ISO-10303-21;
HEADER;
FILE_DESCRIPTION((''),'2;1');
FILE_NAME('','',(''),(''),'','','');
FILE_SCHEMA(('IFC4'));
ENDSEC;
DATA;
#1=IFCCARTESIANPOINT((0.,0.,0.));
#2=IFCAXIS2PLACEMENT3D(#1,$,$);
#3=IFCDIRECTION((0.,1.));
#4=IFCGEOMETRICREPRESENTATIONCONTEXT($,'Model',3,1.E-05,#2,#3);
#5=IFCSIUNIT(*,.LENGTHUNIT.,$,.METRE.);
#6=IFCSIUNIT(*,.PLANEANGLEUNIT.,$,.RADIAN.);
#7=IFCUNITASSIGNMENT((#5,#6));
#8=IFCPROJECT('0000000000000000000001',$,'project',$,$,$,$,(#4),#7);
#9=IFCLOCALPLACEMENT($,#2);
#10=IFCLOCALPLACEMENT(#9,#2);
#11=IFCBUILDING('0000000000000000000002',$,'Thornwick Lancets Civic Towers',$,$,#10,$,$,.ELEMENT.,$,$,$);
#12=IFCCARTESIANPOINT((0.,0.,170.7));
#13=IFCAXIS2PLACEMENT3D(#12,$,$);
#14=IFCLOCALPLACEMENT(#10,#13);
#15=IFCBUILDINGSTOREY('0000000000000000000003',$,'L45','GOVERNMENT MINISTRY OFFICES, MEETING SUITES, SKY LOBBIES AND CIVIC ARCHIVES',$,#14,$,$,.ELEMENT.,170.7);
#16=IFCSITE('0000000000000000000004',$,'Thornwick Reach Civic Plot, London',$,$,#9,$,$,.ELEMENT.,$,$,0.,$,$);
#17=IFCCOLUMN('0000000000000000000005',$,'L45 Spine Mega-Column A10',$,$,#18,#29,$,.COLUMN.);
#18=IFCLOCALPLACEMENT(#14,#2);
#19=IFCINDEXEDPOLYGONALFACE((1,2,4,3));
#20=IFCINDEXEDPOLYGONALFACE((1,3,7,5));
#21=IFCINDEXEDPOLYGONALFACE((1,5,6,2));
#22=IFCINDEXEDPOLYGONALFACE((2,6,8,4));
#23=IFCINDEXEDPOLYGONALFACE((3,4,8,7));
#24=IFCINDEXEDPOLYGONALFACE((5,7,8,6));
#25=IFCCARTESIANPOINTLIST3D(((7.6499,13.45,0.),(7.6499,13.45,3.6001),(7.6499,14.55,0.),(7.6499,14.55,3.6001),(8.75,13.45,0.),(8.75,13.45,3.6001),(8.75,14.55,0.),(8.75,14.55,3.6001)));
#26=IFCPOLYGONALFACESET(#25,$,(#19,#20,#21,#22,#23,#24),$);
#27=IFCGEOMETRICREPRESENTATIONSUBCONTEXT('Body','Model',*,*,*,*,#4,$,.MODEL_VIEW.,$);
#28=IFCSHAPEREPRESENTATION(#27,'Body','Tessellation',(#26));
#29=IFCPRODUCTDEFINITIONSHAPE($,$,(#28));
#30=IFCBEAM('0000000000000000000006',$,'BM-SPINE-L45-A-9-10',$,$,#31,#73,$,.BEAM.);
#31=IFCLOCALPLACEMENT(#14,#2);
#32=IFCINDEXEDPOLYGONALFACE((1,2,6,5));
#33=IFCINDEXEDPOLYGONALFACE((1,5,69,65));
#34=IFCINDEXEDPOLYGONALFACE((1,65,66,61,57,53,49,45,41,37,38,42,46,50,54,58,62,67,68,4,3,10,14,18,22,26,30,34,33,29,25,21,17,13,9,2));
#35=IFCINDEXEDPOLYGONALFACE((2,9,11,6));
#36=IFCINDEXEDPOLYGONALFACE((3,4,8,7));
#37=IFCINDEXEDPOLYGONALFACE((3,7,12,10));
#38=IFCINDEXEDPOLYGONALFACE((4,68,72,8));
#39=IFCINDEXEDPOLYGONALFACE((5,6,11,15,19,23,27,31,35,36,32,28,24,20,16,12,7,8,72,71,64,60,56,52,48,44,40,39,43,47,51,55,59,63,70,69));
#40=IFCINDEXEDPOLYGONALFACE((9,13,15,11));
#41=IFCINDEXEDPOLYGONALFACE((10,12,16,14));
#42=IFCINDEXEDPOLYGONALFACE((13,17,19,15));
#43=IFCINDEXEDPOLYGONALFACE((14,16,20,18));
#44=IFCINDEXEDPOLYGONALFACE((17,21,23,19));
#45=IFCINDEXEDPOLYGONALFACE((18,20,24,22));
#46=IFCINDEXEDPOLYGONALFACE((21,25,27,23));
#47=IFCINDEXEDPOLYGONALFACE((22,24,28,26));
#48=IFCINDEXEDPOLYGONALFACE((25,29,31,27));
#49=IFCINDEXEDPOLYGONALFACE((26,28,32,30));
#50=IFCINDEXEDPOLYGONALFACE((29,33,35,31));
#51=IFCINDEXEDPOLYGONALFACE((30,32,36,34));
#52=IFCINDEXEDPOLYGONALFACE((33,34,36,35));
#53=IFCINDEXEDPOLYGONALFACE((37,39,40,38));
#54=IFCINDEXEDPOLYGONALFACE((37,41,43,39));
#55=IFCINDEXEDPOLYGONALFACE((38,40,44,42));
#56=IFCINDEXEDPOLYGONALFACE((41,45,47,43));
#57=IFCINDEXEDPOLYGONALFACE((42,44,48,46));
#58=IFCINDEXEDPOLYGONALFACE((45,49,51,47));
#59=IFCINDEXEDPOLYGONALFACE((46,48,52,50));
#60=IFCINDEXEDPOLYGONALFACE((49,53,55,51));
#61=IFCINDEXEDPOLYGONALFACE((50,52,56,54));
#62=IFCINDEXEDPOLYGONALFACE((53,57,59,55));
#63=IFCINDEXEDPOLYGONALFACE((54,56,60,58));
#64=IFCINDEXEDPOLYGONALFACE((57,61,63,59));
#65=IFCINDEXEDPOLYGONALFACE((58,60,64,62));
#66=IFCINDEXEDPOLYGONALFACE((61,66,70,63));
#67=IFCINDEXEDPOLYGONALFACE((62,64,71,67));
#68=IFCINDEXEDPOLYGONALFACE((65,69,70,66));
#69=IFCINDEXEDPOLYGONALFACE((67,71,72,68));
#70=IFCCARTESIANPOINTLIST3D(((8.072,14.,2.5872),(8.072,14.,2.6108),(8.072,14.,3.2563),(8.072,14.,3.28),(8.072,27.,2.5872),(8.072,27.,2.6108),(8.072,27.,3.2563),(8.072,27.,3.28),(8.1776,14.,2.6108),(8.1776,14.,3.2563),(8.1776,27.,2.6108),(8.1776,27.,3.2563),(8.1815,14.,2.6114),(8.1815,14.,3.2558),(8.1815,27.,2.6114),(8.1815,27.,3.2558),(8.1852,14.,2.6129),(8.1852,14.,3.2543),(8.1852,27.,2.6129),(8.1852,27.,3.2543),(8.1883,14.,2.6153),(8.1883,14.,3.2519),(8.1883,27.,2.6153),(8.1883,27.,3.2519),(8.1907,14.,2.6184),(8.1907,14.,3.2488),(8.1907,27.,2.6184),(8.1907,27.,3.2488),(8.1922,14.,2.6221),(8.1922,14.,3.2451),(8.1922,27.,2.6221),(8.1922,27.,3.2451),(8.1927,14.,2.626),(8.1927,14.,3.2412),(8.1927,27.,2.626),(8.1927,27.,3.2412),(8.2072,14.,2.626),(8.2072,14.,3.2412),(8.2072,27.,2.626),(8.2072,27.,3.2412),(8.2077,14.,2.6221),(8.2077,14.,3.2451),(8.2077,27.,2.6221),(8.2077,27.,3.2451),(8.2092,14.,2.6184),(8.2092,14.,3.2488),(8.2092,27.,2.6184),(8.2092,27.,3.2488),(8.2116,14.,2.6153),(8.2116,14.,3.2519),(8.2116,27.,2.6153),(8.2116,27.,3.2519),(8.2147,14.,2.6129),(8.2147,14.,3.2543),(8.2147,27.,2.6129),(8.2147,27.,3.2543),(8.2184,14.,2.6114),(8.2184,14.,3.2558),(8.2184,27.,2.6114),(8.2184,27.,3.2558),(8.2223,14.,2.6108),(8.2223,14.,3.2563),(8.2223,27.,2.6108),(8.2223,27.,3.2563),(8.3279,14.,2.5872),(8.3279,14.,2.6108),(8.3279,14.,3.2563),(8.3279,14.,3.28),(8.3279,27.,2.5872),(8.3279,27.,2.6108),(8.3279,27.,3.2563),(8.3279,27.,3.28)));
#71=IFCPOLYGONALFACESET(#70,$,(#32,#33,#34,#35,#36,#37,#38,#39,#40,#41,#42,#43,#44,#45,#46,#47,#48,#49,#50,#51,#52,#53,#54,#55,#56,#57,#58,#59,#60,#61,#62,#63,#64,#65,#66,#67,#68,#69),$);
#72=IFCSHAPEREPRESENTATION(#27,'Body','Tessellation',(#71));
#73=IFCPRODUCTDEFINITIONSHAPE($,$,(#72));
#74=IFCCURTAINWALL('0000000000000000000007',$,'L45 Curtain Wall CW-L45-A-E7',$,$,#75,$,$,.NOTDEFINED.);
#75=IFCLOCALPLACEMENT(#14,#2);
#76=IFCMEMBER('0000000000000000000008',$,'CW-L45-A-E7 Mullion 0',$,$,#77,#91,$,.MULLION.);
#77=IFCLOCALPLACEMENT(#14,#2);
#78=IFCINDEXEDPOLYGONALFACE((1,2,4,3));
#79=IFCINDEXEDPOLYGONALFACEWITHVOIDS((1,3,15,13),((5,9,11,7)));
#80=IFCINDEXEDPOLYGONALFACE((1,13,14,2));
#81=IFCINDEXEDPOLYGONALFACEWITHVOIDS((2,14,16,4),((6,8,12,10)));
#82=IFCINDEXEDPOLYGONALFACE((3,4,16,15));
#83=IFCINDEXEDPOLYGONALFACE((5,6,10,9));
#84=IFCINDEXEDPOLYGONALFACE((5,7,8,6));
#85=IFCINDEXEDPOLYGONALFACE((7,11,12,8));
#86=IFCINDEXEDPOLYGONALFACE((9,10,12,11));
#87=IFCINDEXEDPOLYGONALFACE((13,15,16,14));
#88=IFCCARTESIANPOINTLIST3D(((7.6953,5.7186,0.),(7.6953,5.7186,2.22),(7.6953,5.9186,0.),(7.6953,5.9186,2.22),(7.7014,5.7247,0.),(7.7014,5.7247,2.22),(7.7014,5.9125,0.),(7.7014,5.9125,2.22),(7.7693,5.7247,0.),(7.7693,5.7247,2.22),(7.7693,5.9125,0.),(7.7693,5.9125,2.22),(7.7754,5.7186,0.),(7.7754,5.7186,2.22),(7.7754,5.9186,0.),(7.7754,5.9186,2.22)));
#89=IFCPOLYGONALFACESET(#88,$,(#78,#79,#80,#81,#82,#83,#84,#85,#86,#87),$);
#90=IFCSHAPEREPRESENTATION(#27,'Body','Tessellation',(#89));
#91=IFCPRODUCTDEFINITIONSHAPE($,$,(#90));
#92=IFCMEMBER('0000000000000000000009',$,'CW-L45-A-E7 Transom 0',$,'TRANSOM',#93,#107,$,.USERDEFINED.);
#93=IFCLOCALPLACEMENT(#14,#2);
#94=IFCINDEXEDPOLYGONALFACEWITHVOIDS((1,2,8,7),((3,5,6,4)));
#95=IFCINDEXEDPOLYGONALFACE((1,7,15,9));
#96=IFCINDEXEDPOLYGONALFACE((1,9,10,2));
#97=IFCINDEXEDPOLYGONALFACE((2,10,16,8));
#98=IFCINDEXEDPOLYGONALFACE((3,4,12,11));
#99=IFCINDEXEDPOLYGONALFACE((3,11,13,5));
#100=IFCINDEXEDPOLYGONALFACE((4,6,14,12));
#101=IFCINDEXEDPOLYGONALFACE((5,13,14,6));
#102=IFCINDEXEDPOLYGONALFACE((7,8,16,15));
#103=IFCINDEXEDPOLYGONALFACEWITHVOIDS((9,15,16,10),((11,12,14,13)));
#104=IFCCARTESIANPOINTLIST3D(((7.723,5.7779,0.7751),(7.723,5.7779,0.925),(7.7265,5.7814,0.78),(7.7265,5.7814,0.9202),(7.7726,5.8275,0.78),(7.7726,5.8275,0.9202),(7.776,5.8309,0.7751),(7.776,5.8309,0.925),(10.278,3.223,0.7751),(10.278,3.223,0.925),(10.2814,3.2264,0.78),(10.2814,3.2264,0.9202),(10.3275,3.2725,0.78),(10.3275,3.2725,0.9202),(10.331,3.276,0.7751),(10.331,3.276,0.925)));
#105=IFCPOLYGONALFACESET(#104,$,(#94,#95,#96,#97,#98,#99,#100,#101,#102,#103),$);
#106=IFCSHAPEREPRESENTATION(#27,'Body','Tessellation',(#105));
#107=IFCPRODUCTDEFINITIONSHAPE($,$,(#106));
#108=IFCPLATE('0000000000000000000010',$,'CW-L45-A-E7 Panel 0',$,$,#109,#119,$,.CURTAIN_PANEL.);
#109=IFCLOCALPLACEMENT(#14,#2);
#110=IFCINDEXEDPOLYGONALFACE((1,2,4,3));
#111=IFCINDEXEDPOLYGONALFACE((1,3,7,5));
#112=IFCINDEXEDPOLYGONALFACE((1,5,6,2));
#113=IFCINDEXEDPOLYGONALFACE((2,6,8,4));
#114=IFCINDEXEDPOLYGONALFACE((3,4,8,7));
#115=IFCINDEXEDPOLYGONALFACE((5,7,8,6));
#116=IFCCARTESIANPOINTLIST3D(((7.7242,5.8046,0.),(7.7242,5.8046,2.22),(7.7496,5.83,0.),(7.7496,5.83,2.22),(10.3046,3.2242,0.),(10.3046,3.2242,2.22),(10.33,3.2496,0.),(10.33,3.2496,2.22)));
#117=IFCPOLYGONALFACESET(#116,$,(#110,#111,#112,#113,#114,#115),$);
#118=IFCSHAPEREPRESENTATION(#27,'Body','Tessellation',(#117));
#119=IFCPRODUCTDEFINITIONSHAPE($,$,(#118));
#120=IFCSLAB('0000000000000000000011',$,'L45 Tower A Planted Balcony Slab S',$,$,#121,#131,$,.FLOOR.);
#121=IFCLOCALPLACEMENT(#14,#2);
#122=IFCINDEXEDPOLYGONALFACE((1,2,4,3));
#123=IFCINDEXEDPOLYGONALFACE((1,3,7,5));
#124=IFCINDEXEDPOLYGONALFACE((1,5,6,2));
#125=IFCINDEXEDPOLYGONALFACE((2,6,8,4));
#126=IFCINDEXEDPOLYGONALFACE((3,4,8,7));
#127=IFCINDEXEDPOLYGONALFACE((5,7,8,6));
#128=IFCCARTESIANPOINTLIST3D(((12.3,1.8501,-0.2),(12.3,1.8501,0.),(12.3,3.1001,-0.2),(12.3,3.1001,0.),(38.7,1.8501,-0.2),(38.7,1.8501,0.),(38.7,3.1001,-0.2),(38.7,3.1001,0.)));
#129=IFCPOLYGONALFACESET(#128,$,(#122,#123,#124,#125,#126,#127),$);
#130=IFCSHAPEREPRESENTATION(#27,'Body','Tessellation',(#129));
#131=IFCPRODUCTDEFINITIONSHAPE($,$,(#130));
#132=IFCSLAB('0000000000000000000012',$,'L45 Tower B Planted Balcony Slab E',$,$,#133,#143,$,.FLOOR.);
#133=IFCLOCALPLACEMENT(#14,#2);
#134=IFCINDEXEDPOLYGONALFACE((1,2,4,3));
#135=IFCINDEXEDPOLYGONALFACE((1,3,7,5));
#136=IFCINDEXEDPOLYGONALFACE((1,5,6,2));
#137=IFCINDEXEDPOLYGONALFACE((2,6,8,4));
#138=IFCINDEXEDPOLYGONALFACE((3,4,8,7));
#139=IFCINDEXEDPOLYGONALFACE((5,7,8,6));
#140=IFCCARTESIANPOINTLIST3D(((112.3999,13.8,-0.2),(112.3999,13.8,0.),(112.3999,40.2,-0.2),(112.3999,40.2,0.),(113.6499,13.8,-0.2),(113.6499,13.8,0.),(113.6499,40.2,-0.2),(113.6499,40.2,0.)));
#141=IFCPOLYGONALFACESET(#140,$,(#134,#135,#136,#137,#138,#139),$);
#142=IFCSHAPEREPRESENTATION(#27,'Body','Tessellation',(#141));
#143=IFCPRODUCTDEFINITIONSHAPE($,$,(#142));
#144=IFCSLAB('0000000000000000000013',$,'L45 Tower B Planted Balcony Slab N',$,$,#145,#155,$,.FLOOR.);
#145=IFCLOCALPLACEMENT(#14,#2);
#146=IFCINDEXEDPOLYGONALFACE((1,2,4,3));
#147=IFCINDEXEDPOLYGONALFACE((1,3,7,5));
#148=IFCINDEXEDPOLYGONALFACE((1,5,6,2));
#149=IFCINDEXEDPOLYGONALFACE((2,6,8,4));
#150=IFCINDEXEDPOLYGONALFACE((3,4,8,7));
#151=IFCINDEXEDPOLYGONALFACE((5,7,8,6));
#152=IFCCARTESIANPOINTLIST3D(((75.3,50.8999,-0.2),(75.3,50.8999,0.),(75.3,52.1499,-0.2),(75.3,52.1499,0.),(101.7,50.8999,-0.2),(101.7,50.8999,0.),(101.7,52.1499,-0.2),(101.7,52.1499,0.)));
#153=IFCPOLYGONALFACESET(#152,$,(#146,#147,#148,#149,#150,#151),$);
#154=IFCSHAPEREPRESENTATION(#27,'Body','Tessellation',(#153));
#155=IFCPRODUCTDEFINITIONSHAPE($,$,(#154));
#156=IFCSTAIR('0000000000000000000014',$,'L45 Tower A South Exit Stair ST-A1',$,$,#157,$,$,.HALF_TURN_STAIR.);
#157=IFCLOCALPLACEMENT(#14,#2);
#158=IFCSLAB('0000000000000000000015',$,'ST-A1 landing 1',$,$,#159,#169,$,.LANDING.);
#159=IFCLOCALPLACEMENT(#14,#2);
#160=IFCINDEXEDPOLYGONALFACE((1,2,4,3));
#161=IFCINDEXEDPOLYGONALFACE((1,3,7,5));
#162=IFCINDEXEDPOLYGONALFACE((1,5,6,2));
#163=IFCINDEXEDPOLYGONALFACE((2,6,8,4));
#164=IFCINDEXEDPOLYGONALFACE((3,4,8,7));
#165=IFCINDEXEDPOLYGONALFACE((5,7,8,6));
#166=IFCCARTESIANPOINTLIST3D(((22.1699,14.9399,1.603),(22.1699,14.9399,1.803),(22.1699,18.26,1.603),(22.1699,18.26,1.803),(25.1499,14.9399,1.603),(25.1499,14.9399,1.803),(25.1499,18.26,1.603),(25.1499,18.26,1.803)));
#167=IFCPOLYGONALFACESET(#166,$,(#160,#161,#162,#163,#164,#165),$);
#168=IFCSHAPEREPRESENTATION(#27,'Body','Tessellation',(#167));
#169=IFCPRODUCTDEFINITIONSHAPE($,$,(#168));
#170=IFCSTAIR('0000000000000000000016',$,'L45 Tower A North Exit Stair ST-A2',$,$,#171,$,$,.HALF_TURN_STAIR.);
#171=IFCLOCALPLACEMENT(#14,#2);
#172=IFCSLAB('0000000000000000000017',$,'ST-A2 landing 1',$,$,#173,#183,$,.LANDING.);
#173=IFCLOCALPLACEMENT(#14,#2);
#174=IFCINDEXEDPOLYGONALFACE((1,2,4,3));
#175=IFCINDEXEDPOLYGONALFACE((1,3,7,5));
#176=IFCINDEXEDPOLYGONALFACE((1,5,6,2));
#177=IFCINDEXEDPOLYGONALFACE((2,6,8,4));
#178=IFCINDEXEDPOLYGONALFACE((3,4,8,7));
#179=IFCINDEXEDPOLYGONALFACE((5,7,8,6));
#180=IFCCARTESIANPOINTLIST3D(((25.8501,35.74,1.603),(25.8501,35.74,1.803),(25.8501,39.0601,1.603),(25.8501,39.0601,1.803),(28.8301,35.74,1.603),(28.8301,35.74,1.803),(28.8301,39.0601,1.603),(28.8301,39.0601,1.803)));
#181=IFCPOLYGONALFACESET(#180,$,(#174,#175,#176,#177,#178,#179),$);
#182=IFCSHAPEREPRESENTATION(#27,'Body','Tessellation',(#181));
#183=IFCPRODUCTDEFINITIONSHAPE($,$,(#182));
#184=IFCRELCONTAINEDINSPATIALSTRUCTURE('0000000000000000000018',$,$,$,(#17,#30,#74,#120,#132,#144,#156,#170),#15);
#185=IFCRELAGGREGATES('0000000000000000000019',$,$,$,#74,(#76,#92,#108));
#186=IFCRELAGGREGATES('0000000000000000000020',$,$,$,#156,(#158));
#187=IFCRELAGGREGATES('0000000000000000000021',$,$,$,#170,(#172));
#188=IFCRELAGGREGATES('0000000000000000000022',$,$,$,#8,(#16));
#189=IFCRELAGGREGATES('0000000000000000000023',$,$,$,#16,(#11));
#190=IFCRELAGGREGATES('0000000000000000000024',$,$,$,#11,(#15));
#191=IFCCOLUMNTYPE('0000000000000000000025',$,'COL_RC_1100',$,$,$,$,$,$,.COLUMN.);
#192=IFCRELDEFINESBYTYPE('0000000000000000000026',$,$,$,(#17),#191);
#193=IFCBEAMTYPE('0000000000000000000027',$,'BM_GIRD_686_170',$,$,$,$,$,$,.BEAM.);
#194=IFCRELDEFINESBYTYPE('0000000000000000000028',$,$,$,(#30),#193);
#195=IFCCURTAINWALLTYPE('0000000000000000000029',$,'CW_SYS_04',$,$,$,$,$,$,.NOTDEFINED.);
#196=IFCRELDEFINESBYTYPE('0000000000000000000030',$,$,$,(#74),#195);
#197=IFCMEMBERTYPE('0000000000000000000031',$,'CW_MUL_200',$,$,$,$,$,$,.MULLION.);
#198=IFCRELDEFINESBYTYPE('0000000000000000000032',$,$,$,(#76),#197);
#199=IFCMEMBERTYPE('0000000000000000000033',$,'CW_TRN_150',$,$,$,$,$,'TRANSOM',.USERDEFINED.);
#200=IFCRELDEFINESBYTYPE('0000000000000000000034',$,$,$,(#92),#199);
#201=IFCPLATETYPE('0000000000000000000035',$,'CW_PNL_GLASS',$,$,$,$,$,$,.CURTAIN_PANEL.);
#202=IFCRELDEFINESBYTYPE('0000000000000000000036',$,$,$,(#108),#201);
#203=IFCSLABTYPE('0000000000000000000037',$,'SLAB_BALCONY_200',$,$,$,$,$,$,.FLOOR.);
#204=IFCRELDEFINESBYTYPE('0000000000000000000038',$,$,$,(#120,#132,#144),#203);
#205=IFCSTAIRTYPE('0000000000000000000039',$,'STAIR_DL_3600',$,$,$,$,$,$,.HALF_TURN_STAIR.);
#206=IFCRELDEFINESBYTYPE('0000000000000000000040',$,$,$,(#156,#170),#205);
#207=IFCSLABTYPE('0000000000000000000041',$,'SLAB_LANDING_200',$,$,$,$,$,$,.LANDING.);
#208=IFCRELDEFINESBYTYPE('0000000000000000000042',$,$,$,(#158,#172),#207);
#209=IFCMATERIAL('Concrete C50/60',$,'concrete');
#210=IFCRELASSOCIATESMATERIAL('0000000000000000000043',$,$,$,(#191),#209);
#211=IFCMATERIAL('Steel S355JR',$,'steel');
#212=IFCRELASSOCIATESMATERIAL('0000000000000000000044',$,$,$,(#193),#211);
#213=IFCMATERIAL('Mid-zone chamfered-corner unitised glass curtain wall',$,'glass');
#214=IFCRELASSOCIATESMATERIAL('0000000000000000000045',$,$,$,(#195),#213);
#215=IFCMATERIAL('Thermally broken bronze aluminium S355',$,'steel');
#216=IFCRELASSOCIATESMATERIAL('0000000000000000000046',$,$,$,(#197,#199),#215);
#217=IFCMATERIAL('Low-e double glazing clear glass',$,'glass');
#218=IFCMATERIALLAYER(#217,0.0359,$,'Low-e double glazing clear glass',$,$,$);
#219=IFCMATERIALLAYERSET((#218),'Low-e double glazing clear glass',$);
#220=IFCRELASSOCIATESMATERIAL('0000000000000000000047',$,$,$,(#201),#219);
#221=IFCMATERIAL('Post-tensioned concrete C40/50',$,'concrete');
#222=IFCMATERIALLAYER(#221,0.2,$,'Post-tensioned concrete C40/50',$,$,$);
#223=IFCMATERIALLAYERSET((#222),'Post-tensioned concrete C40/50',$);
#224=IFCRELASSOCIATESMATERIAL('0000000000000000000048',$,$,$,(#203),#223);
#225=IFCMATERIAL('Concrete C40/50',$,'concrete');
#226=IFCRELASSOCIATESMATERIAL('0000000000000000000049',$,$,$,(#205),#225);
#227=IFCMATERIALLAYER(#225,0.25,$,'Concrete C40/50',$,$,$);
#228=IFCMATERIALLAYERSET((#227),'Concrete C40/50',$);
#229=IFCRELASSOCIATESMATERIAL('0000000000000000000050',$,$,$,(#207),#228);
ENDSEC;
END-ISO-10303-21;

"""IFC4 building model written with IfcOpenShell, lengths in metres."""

from ifc_helpers import new_model, si_unit, direction, frame, origin, origin_2d, place, context, subcontext, project, spatial, polyline, rectangle, hollow_rectangle, i_section, outline, extrude, material, layer, layer_set, material_profile, profile_set, type_object, element, aggregate, save


model = new_model("IFC4")

# Units and contexts
model_context = context("Model", 3, precision=1e-05, world=origin(), true_north=direction((0.0, 1.0)))
body_context = subcontext(model_context, "Body", "Model", "MODEL_VIEW")
ifc_project = project(units=[si_unit("LENGTHUNIT", "METRE"), si_unit("PLANEANGLEUNIT", "RADIAN")], contexts=[model_context])

# Site, building, storey
site_placement = place(None, origin())
site = spatial("IfcSite", under=ifc_project, at=site_placement, Name="Thornwick Reach Civic Plot, London", CompositionType="ELEMENT", RefElevation=0.0)
building_placement = place(site_placement, origin())
building = spatial("IfcBuilding", under=site, at=building_placement, Name="Thornwick Lancets Civic Towers", CompositionType="ELEMENT")
storey_placement = place(building_placement, frame((0.0, 0.0, 170.7)))
storey = spatial("IfcBuildingStorey", under=building, at=storey_placement, Name="L45", Description="GOVERNMENT MINISTRY OFFICES, MEETING SUITES, SKY LOBBIES AND CIVIC ARCHIVES", CompositionType="ELEMENT", Elevation=170.7)

# Column
ifc_material_1 = material(Name="Concrete C50/60", Category="concrete")
ifc_material_profile_1 = material_profile(ifc_material_1, rectangle(XDim=1.1001, YDim=1.1001, at=origin_2d()), Name="RC 1100x1100")
ifc_profile_set_1 = profile_set([ifc_material_profile_1], Name="Concrete C50/60")
column_type = type_object("IfcColumnType", Name="COL_RC_1100", PredefinedType="COLUMN", material=ifc_profile_set_1)
column_placement = place(storey_placement, frame((8.2, 14.0, 0.0), z_axis=(0.0, 0.0, 1.0), x_axis=(1.0, 0.0, 0.0)))
element("IfcColumn", 1, at=column_placement, inside=storey, type_object=column_type, Name="L45 Spine Mega-Column A10", PredefinedType="COLUMN", context=body_context, shape_type="SweptSolid", body=[
    extrude(rectangle(XDim=1.1001, YDim=1.1001, at=origin_2d()), origin(), (0.0, 0.0, 1.0), 3.6001),
])

# Beam
ifc_material_2 = material(Name="Steel S355JR", Category="steel")
ifc_material_profile_2 = material_profile(ifc_material_2, i_section(OverallWidth=0.2559, OverallDepth=0.6929, WebThickness=0.0144, FlangeThickness=0.0237, FilletRadius=0.0151, at=origin_2d()), Name="UKB 686x254x170")
ifc_profile_set_2 = profile_set([ifc_material_profile_2], Name="Steel S355JR")
beam_type = type_object("IfcBeamType", Name="BM_GIRD_686_170", PredefinedType="BEAM", material=ifc_profile_set_2)
beam_placement = place(storey_placement, frame((8.2, 14.0, 2.9336), z_axis=(0.0, 1.0, 0.0), x_axis=(-1.0, 0.0, 0.0)))
element("IfcBeam", 2, at=beam_placement, inside=storey, type_object=beam_type, Name="BM-SPINE-L45-A-9-10", PredefinedType="BEAM", context=body_context, shape_type="SweptSolid", body=[
    extrude(i_section(OverallWidth=0.2559, OverallDepth=0.6929, WebThickness=0.0144, FlangeThickness=0.0237, FilletRadius=0.0151, at=origin_2d()), origin(), (0.0, 0.0, 1.0), 13.0),
])

# Curtain wall, members, plate
ifc_material_3 = material(Name="Mid-zone chamfered-corner unitised glass curtain wall", Category="glass")
curtain_wall_type = type_object("IfcCurtainWallType", Name="CW_SYS_04", PredefinedType="NOTDEFINED", material=ifc_material_3)
curtain_wall_placement = place(storey_placement, origin())
curtain_wall = element("IfcCurtainWall", 3, at=curtain_wall_placement, inside=storey, type_object=curtain_wall_type, Name="L45 Curtain Wall CW-L45-A-E7", PredefinedType="NOTDEFINED")
ifc_material_4 = material(Name="Thermally broken bronze aluminium S355", Category="steel")
ifc_material_profile_3 = material_profile(ifc_material_4, hollow_rectangle(XDim=0.0801, YDim=0.2, WallThickness=0.0061, at=origin_2d()), Name="RHS 200x80x6")
ifc_profile_set_3 = profile_set([ifc_material_profile_3], Name="Thermally broken bronze aluminium S355")
member_type_1 = type_object("IfcMemberType", Name="CW_MUL_200", PredefinedType="MULLION", material=ifc_profile_set_3)
member_1_placement = place(storey_placement, frame((7.7354, 5.8186, 0.0), z_axis=(0.0, 0.0, 1.0), x_axis=(1.0, 0.0, 0.0)))
member_1 = element("IfcMember", 4, at=member_1_placement, type_object=member_type_1, Name="CW-L45-A-E7 Mullion 0", PredefinedType="MULLION", context=body_context, shape_type="SweptSolid", body=[
    extrude(hollow_rectangle(XDim=0.0801, YDim=0.2, WallThickness=0.0061, at=origin_2d()), origin(), (0.0, 0.0, 1.0), 2.22),
])
ifc_material_profile_4 = material_profile(ifc_material_4, hollow_rectangle(XDim=0.075, YDim=0.1499, WallThickness=0.0049, at=origin_2d()), Name="RHS 150x75x5")
ifc_profile_set_4 = profile_set([ifc_material_profile_4], Name="Thermally broken bronze aluminium S355")
member_type_2 = type_object("IfcMemberType", Name="CW_TRN_150", ElementType="TRANSOM", PredefinedType="USERDEFINED", material=ifc_profile_set_4)
member_2_placement = place(storey_placement, frame((7.7495, 5.8044, 0.8501), z_axis=(0.707107, -0.707107, 0.0), x_axis=(0.707107, 0.707107, 0.0)))
member_2 = element("IfcMember", 5, at=member_2_placement, type_object=member_type_2, Name="CW-L45-A-E7 Transom 0", ObjectType="TRANSOM", PredefinedType="USERDEFINED", context=body_context, shape_type="SweptSolid", body=[
    extrude(hollow_rectangle(XDim=0.075, YDim=0.1499, WallThickness=0.0049, at=origin_2d()), origin(), (0.0, 0.0, 1.0), 3.6133),
])
ifc_material_5 = material(Name="Low-e double glazing clear glass", Category="glass")
ifc_layer_1 = layer(ifc_material_5, 0.0359, Name="Low-e double glazing clear glass")
ifc_layer_set_1 = layer_set([ifc_layer_1], Name="Low-e double glazing clear glass")
plate_type = type_object("IfcPlateType", Name="CW_PNL_GLASS", PredefinedType="CURTAIN_PANEL", material=ifc_layer_set_1)
plate_placement = place(storey_placement, frame((9.0271, 4.5271, 0.0), z_axis=(0.0, 0.0, 1.0), x_axis=(0.707107, -0.707107, 0.0)))
plate = element("IfcPlate", 6, at=plate_placement, type_object=plate_type, Name="CW-L45-A-E7 Panel 0", PredefinedType="CURTAIN_PANEL", context=body_context, shape_type="SweptSolid", body=[
    extrude(rectangle(XDim=3.6492, YDim=0.0359, at=origin_2d()), origin(), (0.0, 0.0, 1.0), 2.22),
])
aggregate(curtain_wall, [member_1, member_2, plate])

# Slabs
ifc_material_6 = material(Name="Post-tensioned concrete C40/50", Category="concrete")
ifc_layer_2 = layer(ifc_material_6, 0.2, Name="Post-tensioned concrete C40/50")
ifc_layer_set_2 = layer_set([ifc_layer_2], Name="Post-tensioned concrete C40/50")
slab_type_1 = type_object("IfcSlabType", Name="SLAB_BALCONY_200", PredefinedType="FLOOR", material=ifc_layer_set_2)
slab_1_placement = place(storey_placement, frame((0.0, 0.0, -0.2)))
element("IfcSlab", 7, at=slab_1_placement, inside=storey, type_object=slab_type_1, Name="L45 Tower A Planted Balcony Slab S", PredefinedType="FLOOR", context=body_context, shape_type="SweptSolid", body=[
    extrude(outline(polyline([(12.3, 1.8501), (38.7, 1.8501), (38.7, 3.1001), (12.3, 3.1001), (12.3, 1.8501)])), origin(), (0.0, 0.0, 1.0), 0.2),
])
slab_2_placement = place(storey_placement, frame((0.0, 0.0, -0.2)))
element("IfcSlab", 8, at=slab_2_placement, inside=storey, type_object=slab_type_1, Name="L45 Tower B Planted Balcony Slab E", PredefinedType="FLOOR", context=body_context, shape_type="SweptSolid", body=[
    extrude(outline(polyline([(112.3999, 13.8), (113.6499, 13.8), (113.6499, 40.2), (112.3999, 40.2), (112.3999, 13.8)])), origin(), (0.0, 0.0, 1.0), 0.2),
])
slab_3_placement = place(storey_placement, frame((0.0, 0.0, -0.2)))
element("IfcSlab", 9, at=slab_3_placement, inside=storey, type_object=slab_type_1, Name="L45 Tower B Planted Balcony Slab N", PredefinedType="FLOOR", context=body_context, shape_type="SweptSolid", body=[
    extrude(outline(polyline([(75.3, 50.8999), (101.7, 50.8999), (101.7, 52.1499), (75.3, 52.1499), (75.3, 50.8999)])), origin(), (0.0, 0.0, 1.0), 0.2),
])

# Stairs, slabs
ifc_material_7 = material(Name="Concrete C40/50", Category="concrete")
stair_type = type_object("IfcStairType", Name="STAIR_DL_3600", PredefinedType="HALF_TURN_STAIR", material=ifc_material_7)
stair_1_placement = place(storey_placement, origin())
stair_1 = element("IfcStair", 10, at=stair_1_placement, inside=storey, type_object=stair_type, Name="L45 Tower A South Exit Stair ST-A1", PredefinedType="HALF_TURN_STAIR")
ifc_layer_3 = layer(ifc_material_7, 0.25, Name="Concrete C40/50")
ifc_layer_set_3 = layer_set([ifc_layer_3], Name="Concrete C40/50")
slab_type_2 = type_object("IfcSlabType", Name="SLAB_LANDING_200", PredefinedType="LANDING", material=ifc_layer_set_3)
slab_4_placement = place(storey_placement, frame((0.0, 0.0, 1.603)))
slab_4 = element("IfcSlab", 11, at=slab_4_placement, type_object=slab_type_2, Name="ST-A1 landing 1", PredefinedType="LANDING", context=body_context, shape_type="SweptSolid", body=[
    extrude(outline(polyline([(22.1699, 14.9399), (25.1499, 14.9399), (25.1499, 18.26), (22.1699, 18.26), (22.1699, 14.9399)])), origin(), (0.0, 0.0, 1.0), 0.2),
])
aggregate(stair_1, [slab_4])
stair_2_placement = place(storey_placement, origin())
stair_2 = element("IfcStair", 12, at=stair_2_placement, inside=storey, type_object=stair_type, Name="L45 Tower A North Exit Stair ST-A2", PredefinedType="HALF_TURN_STAIR")
slab_5_placement = place(storey_placement, frame((0.0, 0.0, 1.603)))
slab_5 = element("IfcSlab", 13, at=slab_5_placement, type_object=slab_type_2, Name="ST-A2 landing 1", PredefinedType="LANDING", context=body_context, shape_type="SweptSolid", body=[
    extrude(outline(polyline([(28.8301, 39.0601), (25.8501, 39.0601), (25.8501, 35.74), (28.8301, 35.74), (28.8301, 39.0601)])), origin(), (0.0, 0.0, 1.0), 0.2),
])
aggregate(stair_2, [slab_5])

save(model, "model.ifc")
